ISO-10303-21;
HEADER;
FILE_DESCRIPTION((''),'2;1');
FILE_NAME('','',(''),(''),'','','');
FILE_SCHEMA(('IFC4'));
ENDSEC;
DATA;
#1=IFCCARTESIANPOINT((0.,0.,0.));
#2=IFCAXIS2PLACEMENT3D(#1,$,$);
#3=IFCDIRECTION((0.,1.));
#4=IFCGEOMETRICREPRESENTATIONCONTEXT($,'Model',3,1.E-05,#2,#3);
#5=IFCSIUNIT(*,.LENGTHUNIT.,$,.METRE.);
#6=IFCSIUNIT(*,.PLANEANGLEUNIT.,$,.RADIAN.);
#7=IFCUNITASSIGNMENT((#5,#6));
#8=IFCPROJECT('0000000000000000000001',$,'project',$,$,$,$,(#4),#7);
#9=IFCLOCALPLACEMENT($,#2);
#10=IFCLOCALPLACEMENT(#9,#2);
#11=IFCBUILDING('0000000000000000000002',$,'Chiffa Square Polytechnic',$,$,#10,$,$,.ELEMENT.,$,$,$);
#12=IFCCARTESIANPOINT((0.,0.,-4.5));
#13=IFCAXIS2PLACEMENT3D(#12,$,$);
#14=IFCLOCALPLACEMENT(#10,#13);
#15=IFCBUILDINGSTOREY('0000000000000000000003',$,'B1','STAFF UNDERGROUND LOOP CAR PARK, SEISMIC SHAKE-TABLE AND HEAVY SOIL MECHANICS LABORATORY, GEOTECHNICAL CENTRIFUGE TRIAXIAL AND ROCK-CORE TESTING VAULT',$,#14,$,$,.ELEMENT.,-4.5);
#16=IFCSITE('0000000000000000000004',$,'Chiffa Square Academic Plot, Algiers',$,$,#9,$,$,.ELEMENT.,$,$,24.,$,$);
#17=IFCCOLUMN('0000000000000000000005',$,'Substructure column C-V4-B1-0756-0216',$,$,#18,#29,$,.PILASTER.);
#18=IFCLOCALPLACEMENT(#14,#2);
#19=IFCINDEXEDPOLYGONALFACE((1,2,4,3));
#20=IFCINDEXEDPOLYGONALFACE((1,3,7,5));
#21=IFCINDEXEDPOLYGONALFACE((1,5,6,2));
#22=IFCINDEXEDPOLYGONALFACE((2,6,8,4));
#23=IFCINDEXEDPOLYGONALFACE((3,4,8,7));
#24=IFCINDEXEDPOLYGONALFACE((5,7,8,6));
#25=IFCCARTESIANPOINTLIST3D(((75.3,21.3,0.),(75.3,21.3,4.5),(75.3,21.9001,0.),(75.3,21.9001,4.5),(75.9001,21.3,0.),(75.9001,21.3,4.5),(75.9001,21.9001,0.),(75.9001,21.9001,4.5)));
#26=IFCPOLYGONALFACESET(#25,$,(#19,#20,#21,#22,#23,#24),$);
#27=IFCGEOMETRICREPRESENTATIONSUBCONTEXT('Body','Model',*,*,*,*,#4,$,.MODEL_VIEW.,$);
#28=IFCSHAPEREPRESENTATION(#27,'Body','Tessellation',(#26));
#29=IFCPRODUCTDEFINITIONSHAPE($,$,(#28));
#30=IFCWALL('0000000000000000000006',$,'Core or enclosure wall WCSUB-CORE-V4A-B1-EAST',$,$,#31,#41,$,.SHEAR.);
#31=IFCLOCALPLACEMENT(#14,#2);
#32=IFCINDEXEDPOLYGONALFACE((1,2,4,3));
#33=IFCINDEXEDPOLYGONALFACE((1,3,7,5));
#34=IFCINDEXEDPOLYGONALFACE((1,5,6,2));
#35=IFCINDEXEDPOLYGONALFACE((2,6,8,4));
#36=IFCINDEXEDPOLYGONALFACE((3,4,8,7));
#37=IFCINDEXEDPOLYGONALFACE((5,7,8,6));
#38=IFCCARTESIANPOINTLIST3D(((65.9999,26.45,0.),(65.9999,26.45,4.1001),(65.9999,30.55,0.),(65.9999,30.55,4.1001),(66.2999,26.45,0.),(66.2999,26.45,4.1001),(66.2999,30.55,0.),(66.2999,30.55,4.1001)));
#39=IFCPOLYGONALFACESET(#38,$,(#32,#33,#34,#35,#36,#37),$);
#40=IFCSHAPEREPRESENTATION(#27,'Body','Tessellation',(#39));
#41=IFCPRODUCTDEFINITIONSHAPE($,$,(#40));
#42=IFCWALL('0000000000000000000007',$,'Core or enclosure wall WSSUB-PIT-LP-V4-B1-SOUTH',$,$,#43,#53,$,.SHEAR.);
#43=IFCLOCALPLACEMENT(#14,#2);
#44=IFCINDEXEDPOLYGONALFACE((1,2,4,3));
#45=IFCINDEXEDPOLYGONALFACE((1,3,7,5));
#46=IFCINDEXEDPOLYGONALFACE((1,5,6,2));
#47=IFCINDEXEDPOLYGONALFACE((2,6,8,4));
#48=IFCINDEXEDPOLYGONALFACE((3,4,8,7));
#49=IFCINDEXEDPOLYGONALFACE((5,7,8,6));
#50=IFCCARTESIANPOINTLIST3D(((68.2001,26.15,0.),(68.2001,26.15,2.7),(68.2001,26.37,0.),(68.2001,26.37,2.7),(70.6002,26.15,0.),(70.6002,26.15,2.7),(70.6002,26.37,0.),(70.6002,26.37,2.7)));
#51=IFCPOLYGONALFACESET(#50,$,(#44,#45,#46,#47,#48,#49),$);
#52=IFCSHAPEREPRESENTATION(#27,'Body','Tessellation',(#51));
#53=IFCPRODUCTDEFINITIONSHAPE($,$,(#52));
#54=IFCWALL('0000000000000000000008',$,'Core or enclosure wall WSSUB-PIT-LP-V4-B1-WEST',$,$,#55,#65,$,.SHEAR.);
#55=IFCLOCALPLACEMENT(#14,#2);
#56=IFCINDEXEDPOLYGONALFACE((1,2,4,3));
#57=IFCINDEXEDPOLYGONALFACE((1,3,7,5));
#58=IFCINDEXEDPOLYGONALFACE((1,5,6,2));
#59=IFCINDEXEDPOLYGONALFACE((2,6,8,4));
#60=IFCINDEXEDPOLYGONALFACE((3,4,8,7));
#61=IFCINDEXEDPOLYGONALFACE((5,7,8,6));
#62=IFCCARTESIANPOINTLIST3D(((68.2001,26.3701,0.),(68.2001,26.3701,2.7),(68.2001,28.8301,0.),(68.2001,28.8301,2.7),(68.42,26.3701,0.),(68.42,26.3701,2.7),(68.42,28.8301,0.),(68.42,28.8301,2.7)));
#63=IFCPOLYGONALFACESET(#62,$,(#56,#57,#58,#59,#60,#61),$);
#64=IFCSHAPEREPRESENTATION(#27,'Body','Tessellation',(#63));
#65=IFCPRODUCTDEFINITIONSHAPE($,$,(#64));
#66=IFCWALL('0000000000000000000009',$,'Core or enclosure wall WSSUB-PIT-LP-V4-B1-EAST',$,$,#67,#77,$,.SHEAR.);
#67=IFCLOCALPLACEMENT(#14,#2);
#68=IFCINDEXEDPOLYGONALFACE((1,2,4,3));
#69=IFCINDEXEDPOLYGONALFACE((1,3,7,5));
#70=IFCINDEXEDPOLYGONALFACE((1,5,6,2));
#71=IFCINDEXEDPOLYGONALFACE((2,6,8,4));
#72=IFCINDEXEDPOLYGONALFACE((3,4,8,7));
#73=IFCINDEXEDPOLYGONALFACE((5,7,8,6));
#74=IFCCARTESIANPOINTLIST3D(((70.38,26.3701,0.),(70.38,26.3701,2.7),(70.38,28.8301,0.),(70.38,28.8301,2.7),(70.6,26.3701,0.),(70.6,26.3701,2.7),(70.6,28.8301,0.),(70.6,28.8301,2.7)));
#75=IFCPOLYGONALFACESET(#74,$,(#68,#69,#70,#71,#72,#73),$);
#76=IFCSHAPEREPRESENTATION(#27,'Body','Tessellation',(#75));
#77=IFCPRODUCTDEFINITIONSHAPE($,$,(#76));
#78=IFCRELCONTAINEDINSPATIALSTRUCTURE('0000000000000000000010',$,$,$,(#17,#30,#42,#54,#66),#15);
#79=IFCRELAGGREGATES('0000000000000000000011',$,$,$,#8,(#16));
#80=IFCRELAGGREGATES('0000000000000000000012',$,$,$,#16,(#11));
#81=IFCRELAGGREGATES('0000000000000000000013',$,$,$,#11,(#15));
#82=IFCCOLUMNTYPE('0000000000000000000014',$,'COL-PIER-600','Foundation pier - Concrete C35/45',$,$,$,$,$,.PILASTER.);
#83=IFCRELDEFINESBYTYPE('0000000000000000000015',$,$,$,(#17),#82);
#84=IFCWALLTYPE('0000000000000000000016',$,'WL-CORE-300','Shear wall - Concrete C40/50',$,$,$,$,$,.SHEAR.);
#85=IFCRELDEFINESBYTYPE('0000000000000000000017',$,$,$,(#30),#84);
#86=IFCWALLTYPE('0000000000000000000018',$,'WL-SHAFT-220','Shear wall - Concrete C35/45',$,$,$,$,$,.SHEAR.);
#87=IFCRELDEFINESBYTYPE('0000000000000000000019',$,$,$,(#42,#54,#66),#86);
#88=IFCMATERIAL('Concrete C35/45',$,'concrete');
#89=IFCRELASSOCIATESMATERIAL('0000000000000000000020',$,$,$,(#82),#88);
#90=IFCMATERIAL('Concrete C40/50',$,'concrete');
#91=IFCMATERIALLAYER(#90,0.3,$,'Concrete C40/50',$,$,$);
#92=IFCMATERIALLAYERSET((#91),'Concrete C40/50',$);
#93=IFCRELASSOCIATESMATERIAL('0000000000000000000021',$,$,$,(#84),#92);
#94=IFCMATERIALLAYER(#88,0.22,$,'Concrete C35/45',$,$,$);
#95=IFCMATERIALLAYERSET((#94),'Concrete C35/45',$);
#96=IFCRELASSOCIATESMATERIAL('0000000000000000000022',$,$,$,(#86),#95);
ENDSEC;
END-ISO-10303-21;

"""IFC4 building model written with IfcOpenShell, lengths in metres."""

from ifc_helpers import new_model, si_unit, direction, frame, frame_2d, origin, origin_2d, place, context, subcontext, project, spatial, rectangle, extrude, material, layer, layer_set, material_profile, profile_set, type_object, element, save


model = new_model("IFC4")

# Units and contexts
model_context = context("Model", 3, precision=1e-05, world=origin(), true_north=direction((0.0, 1.0)))
body_context = subcontext(model_context, "Body", "Model", "MODEL_VIEW")
ifc_project = project(units=[si_unit("LENGTHUNIT", "METRE"), si_unit("PLANEANGLEUNIT", "RADIAN")], contexts=[model_context])

# Site, building, storey
site_placement = place(None, origin())
site = spatial("IfcSite", under=ifc_project, at=site_placement, Name="Chiffa Square Academic Plot, Algiers", CompositionType="ELEMENT", RefElevation=24.0)
building_placement = place(site_placement, origin())
building = spatial("IfcBuilding", under=site, at=building_placement, Name="Chiffa Square Polytechnic", CompositionType="ELEMENT")
storey_placement = place(building_placement, frame((0.0, 0.0, -4.5)))
storey = spatial("IfcBuildingStorey", under=building, at=storey_placement, Name="B1", Description="STAFF UNDERGROUND LOOP CAR PARK, SEISMIC SHAKE-TABLE AND HEAVY SOIL MECHANICS LABORATORY, GEOTECHNICAL CENTRIFUGE TRIAXIAL AND ROCK-CORE TESTING VAULT", CompositionType="ELEMENT", Elevation=-4.5)

# Shared definitions
ifc_material_1 = material(Name="Concrete C35/45", Category="concrete")

# Column
ifc_material_profile_1 = material_profile(ifc_material_1, rectangle(XDim=0.6001, YDim=0.6001, at=origin_2d()), Name="RC 600x600")
ifc_profile_set_1 = profile_set([ifc_material_profile_1], Name="Concrete C35/45")
column_type_1 = type_object("IfcColumnType", Name="COL-PIER-600", Description="Foundation pier - Concrete C35/45", PredefinedType="PILASTER", material=ifc_profile_set_1)
for number, where, z_axis, x_axis, name in (
    (1, (75.6001, 21.6001, 0.0), (0.0, 0.0, 1.0), (1.0, 0.0, 0.0), "Substructure column C-V4-B1-0756-0216"),
):
    element("IfcColumn", number, at=place(storey_placement, frame(where, z_axis=z_axis, x_axis=x_axis)), inside=storey, type_object=column_type_1, Name=name, PredefinedType="PILASTER", context=body_context, shape_type="SweptSolid", body=[
        extrude(rectangle(XDim=0.6001, YDim=0.6001, at=origin_2d()), origin(), (0.0, 0.0, 1.0), 4.5),
    ])

# Walls
ifc_material_2 = material(Name="Concrete C40/50", Category="concrete")
ifc_layer_1 = layer(ifc_material_2, 0.3, Name="Concrete C40/50")
ifc_layer_set_1 = layer_set([ifc_layer_1], Name="Concrete C40/50")
wall_type_1 = type_object("IfcWallType", Name="WL-CORE-300", Description="Shear wall - Concrete C40/50", PredefinedType="SHEAR", material=ifc_layer_set_1)
wall_1_placement = place(storey_placement, frame((66.1499, 26.45, 0.0), z_axis=(0.0, 0.0, 1.0), x_axis=(0.0, 1.0, 0.0)))
element("IfcWall", 2, at=wall_1_placement, inside=storey, type_object=wall_type_1, Name="Core or enclosure wall WCSUB-CORE-V4A-B1-EAST", PredefinedType="SHEAR", context=body_context, shape_type="SweptSolid", body=[
    extrude(rectangle(XDim=4.1001, YDim=0.3, at=frame_2d((2.05, 0.0))), origin(), (0.0, 0.0, 1.0), 4.1001),
])
ifc_layer_2 = layer(ifc_material_1, 0.22, Name="Concrete C35/45")
ifc_layer_set_2 = layer_set([ifc_layer_2], Name="Concrete C35/45")
wall_type_2 = type_object("IfcWallType", Name="WL-SHAFT-220", Description="Shear wall - Concrete C35/45", PredefinedType="SHEAR", material=ifc_layer_set_2)
wall_2_placement = place(storey_placement, frame((68.2, 26.26, 0.0), z_axis=(0.0, 0.0, 1.0), x_axis=(1.0, 0.0, 0.0)))
element("IfcWall", 3, at=wall_2_placement, inside=storey, type_object=wall_type_2, Name="Core or enclosure wall WSSUB-PIT-LP-V4-B1-SOUTH", PredefinedType="SHEAR", context=body_context, shape_type="SweptSolid", body=[
    extrude(rectangle(XDim=2.4001, YDim=0.22, at=frame_2d((1.2002, 0.0))), origin(), (0.0, 0.0, 1.0), 2.7),
])
for number, where, z_axis, x_axis, name in (
    (4, (68.3101, 26.3701, 0.0), (0.0, 0.0, 1.0), (0.0, 1.0, 0.0), "Core or enclosure wall WSSUB-PIT-LP-V4-B1-WEST"),
    (5, (70.49, 26.3701, 0.0), (0.0, 0.0, 1.0), (0.0, 1.0, 0.0), "Core or enclosure wall WSSUB-PIT-LP-V4-B1-EAST"),
):
    element("IfcWall", number, at=place(storey_placement, frame(where, z_axis=z_axis, x_axis=x_axis)), inside=storey, type_object=wall_type_2, Name=name, PredefinedType="SHEAR", context=body_context, shape_type="SweptSolid", body=[
        extrude(rectangle(XDim=2.46, YDim=0.22, at=frame_2d((1.23, 0.0))), origin(), (0.0, 0.0, 1.0), 2.7),
    ])

save(model, "model.ifc")
